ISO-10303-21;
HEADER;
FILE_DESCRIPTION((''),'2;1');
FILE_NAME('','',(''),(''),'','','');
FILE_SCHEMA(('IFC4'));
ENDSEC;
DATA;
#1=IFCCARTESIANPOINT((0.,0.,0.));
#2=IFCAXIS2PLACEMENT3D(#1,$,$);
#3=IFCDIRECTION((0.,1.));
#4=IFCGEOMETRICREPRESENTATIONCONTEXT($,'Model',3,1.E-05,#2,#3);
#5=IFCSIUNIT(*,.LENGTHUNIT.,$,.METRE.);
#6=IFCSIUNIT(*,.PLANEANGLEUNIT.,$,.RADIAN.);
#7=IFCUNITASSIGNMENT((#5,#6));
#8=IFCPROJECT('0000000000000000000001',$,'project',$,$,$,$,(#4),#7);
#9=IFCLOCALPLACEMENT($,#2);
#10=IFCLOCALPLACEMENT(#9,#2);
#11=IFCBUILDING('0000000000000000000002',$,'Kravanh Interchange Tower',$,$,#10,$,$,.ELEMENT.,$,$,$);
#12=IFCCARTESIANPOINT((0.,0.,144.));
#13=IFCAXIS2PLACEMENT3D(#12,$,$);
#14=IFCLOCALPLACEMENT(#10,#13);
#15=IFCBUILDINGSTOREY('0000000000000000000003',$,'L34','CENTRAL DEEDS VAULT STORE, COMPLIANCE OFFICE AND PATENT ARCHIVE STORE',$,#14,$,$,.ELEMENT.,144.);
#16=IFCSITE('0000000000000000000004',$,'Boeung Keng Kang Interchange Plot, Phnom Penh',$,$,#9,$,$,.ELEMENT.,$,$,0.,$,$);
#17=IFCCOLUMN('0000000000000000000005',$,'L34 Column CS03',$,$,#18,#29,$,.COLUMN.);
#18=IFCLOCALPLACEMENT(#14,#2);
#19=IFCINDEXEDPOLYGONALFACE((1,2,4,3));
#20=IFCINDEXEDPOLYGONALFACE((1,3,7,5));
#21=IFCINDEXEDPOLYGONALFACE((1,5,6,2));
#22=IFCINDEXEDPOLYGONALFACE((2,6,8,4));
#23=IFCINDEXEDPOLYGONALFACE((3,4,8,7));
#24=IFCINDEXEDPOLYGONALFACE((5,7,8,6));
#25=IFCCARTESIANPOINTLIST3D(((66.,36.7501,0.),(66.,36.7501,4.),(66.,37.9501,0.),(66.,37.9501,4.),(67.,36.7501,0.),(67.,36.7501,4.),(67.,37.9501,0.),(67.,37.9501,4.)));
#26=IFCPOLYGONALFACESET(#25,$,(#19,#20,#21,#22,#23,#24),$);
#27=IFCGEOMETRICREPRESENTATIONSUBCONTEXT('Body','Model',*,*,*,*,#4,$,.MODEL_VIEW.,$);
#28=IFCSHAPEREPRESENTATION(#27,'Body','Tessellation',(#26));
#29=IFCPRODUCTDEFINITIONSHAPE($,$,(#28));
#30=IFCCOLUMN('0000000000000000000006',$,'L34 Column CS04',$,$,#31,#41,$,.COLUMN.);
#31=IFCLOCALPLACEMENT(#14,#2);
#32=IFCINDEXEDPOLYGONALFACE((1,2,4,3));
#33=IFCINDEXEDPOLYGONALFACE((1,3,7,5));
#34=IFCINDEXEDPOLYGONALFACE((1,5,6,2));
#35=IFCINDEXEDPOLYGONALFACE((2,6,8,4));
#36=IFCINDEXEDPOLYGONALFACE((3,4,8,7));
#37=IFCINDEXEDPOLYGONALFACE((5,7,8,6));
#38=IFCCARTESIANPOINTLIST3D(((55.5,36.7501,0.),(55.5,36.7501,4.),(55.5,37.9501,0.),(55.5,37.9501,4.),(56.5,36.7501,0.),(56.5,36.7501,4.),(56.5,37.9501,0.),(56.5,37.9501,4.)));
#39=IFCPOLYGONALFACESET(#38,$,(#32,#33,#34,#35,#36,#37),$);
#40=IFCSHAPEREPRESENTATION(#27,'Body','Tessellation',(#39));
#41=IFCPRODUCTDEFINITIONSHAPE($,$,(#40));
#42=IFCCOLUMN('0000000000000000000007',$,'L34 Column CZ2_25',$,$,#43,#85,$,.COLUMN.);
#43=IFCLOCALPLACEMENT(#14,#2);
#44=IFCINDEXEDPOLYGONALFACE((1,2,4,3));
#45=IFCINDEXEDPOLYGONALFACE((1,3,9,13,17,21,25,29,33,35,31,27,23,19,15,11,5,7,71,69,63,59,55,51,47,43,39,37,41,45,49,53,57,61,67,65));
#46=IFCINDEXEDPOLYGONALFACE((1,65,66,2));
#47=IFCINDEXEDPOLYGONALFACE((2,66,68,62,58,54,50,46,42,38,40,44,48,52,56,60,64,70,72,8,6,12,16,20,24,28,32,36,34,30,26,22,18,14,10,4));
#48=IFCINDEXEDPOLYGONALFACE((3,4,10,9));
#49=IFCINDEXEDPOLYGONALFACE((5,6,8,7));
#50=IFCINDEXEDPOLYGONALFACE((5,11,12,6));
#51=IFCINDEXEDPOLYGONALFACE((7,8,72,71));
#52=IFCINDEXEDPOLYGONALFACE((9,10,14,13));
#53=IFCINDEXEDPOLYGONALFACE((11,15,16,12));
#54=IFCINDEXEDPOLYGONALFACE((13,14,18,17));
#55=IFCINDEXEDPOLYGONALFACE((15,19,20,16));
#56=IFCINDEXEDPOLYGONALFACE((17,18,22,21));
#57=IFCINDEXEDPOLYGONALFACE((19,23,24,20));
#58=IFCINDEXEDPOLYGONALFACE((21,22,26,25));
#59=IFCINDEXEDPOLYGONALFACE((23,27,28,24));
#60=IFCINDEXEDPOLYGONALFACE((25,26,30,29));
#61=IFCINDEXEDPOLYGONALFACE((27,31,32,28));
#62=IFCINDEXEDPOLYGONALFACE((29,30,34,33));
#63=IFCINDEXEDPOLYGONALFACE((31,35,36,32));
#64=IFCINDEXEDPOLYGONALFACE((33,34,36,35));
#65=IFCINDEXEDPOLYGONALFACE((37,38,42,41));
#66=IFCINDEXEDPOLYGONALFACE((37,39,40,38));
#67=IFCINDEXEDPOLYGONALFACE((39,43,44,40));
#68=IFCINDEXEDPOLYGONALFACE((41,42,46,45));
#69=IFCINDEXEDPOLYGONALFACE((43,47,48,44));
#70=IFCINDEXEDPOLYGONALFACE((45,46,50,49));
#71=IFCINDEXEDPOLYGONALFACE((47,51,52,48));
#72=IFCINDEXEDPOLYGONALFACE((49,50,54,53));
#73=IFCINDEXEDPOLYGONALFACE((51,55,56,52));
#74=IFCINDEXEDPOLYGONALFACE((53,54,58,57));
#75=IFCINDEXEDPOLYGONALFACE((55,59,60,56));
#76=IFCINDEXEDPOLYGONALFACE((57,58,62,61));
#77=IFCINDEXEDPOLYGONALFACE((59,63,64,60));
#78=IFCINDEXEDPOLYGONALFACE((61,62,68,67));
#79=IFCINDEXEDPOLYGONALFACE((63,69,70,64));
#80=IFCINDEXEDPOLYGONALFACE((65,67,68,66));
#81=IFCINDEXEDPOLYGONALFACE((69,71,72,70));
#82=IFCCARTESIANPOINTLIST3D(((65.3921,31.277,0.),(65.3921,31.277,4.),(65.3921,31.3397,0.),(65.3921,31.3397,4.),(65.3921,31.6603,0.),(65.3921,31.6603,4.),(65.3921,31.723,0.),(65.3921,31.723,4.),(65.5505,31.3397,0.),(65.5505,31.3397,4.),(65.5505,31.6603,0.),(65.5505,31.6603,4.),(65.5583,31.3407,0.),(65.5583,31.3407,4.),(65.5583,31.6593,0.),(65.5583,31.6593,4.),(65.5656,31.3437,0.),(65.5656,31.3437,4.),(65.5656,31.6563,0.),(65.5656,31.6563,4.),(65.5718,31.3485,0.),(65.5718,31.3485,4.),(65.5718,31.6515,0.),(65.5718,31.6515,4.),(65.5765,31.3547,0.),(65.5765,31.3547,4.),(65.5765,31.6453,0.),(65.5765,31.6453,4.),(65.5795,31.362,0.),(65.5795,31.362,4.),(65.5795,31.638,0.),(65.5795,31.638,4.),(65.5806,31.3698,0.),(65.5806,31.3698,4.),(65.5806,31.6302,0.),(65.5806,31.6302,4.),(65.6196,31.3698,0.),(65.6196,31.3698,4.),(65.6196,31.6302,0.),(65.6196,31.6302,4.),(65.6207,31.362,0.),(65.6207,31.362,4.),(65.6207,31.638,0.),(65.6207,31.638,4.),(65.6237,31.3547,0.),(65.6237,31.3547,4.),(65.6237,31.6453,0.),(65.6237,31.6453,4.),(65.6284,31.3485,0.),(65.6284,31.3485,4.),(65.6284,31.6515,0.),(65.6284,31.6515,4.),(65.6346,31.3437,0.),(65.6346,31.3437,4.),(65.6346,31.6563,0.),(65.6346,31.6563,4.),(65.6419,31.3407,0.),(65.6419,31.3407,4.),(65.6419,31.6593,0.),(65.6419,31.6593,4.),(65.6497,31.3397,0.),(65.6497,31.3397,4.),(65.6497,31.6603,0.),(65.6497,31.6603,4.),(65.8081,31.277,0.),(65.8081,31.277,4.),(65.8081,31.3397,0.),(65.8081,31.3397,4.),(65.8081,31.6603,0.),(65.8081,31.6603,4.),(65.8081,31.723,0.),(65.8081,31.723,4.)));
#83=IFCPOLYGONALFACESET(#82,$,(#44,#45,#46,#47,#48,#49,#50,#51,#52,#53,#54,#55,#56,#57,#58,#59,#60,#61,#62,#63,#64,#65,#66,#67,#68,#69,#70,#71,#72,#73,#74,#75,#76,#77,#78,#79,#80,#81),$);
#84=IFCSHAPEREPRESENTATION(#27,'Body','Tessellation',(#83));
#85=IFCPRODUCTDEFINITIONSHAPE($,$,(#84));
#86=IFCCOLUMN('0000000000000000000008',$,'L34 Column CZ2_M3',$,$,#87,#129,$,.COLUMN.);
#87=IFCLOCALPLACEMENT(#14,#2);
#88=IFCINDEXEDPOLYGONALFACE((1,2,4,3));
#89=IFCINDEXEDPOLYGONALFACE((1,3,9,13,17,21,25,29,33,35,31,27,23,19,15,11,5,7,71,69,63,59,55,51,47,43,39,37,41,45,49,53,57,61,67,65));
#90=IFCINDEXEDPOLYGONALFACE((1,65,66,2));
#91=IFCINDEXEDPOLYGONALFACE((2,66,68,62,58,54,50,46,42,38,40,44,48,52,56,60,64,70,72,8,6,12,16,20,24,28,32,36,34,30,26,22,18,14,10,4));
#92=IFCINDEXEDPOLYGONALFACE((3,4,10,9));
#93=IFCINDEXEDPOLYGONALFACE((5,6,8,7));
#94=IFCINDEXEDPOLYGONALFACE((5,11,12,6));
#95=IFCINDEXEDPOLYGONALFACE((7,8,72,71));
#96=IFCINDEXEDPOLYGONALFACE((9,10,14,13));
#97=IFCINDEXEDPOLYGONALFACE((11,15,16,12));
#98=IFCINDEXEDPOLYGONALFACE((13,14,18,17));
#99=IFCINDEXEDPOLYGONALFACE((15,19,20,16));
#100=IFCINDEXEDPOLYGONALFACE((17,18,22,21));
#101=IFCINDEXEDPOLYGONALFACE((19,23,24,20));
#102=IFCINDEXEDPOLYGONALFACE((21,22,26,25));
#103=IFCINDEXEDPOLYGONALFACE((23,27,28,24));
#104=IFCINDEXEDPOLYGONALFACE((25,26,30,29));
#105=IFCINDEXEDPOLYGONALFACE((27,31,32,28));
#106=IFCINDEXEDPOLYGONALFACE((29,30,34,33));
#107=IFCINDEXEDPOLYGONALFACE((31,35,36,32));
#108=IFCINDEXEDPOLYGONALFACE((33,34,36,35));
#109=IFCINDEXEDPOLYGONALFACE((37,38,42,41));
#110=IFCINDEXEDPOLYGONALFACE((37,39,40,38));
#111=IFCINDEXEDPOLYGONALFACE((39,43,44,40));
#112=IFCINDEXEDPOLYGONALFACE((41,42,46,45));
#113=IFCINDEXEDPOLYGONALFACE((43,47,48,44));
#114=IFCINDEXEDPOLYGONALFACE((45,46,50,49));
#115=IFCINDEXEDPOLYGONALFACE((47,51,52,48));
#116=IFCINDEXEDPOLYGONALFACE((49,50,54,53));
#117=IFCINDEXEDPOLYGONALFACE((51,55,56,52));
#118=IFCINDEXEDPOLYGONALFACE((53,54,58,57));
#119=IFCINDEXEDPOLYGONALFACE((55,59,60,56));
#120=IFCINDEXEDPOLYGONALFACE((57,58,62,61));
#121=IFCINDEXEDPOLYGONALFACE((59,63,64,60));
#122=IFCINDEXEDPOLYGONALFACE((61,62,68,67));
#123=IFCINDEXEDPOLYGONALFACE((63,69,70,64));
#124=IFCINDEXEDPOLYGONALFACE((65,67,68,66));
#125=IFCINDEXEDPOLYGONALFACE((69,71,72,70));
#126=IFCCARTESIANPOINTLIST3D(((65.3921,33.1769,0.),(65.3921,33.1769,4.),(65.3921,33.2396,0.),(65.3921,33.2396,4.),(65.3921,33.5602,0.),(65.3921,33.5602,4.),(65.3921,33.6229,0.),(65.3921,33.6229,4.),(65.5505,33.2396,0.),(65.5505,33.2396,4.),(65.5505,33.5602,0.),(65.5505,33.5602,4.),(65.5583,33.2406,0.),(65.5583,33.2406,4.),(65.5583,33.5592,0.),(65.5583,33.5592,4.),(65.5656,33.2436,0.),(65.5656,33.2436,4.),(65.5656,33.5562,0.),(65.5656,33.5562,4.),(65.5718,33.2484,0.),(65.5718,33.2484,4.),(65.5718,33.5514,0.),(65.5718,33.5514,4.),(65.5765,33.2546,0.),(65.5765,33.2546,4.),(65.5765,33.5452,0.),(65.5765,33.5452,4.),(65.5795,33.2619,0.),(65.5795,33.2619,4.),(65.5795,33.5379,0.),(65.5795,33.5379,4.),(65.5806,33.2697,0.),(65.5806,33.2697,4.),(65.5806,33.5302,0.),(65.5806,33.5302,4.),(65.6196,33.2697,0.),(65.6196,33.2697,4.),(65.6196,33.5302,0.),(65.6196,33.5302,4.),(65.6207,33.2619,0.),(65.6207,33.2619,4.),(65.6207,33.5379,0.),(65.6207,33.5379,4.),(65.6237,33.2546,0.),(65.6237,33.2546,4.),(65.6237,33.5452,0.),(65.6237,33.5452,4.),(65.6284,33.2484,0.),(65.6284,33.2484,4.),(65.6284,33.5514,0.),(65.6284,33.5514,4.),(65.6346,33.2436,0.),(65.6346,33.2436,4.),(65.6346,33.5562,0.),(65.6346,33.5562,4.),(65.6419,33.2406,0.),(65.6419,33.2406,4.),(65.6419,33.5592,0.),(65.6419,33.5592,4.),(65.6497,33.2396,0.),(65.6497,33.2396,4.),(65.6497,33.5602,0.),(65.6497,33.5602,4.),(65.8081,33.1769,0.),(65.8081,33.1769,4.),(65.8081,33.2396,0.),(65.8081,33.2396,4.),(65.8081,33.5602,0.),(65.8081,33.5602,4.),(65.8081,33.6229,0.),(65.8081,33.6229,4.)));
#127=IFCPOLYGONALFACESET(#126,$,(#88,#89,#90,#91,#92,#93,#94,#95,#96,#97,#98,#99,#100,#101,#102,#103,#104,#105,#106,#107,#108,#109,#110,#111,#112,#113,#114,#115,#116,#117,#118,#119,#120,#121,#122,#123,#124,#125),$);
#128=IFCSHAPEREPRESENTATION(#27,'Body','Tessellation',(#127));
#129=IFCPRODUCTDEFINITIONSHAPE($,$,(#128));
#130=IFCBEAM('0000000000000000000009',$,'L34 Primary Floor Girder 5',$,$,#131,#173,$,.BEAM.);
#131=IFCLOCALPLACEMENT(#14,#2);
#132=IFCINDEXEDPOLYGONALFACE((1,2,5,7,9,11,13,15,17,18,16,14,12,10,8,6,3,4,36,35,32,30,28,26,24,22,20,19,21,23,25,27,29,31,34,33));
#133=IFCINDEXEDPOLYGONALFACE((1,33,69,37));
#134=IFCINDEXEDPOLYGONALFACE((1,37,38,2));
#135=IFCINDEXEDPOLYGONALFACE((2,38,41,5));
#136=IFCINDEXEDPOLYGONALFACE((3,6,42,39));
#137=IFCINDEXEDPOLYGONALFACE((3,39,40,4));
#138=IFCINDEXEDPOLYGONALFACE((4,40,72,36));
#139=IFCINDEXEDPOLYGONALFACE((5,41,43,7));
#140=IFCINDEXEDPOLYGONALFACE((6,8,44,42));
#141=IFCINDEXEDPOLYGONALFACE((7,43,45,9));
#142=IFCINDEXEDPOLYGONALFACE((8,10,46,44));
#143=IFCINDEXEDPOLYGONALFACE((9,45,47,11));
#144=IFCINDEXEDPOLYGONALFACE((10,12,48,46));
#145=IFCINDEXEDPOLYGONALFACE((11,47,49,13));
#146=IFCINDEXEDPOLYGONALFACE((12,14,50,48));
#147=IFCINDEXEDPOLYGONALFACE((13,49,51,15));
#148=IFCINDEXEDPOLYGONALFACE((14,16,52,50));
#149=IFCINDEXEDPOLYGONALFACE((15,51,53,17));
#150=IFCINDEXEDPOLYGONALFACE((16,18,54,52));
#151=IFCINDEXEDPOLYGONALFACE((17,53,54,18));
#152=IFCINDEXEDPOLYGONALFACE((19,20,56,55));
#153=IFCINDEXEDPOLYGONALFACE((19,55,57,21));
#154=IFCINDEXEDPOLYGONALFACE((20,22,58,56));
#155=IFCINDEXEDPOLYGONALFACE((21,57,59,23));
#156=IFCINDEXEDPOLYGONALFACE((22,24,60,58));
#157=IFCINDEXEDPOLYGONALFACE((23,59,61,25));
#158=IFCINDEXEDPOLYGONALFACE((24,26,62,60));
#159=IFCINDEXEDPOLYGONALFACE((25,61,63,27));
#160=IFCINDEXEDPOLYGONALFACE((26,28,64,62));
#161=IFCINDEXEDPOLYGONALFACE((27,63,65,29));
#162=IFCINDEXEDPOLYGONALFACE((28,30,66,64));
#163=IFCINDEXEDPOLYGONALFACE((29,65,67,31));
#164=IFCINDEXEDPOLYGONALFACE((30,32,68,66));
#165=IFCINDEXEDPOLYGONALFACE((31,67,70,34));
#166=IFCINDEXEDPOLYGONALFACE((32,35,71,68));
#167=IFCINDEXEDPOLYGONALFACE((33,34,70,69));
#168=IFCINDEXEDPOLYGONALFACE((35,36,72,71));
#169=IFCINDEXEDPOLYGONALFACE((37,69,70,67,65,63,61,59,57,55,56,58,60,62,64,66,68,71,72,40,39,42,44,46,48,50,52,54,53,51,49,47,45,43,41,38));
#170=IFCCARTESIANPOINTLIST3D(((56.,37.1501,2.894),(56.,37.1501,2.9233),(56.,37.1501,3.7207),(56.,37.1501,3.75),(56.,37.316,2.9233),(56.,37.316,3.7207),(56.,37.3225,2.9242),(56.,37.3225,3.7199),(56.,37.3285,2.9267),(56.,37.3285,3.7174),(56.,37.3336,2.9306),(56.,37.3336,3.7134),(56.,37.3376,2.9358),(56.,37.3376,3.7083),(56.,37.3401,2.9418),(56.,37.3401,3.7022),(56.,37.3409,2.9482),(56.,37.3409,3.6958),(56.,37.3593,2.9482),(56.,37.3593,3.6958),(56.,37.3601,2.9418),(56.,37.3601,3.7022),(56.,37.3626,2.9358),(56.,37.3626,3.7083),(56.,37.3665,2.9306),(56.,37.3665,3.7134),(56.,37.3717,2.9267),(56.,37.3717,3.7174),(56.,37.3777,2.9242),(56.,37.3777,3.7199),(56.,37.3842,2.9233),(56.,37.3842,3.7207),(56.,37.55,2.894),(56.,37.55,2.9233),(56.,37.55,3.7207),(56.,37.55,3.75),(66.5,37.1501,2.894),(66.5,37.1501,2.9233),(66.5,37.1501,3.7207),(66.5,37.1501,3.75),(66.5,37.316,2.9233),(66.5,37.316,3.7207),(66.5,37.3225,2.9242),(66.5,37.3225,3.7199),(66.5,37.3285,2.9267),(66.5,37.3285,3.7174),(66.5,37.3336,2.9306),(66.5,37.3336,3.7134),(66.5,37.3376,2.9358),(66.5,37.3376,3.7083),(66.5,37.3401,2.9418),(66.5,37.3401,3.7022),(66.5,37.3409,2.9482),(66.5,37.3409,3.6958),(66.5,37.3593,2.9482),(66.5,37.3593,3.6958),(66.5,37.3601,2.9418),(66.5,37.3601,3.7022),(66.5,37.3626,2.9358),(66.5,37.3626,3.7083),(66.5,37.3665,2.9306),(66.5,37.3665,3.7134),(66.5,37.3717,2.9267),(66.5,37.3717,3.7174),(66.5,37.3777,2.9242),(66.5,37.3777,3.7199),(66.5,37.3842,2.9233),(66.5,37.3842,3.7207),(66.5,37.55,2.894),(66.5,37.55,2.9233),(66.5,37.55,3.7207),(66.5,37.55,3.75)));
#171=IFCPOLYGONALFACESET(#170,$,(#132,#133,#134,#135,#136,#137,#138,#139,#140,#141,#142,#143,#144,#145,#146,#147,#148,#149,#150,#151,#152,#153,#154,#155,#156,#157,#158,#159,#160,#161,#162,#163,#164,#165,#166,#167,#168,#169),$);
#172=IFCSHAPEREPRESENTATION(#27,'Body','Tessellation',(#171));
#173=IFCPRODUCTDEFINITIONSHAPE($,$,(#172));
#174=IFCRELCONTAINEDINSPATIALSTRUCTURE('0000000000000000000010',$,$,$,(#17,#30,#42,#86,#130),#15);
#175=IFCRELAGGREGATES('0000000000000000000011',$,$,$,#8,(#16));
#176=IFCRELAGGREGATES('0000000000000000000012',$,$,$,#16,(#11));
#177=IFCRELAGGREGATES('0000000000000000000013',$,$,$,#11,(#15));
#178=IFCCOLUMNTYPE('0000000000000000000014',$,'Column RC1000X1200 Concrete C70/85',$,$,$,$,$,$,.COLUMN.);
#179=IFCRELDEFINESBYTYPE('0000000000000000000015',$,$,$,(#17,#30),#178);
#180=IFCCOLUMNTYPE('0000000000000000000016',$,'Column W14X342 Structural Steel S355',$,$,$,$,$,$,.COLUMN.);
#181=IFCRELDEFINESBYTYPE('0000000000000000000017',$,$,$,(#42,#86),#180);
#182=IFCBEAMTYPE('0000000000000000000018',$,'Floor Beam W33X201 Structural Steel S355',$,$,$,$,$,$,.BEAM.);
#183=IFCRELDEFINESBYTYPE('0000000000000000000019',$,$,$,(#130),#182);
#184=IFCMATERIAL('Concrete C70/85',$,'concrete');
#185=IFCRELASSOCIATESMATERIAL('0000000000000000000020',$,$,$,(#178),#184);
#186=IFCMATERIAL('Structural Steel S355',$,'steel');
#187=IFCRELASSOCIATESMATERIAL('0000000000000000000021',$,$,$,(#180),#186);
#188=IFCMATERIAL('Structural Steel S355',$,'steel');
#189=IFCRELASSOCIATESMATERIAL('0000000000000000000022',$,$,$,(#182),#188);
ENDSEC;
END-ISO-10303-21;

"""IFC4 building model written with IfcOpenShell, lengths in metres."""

from ifc_helpers import new_model, si_unit, direction, frame, origin, origin_2d, place, context, subcontext, project, spatial, rectangle, i_section, extrude, material, material_profile, profile_set, type_object, element, save


model = new_model("IFC4")

# Units and contexts
model_context = context("Model", 3, precision=1e-05, world=origin(), true_north=direction((0.0, 1.0)))
body_context = subcontext(model_context, "Body", "Model", "MODEL_VIEW")
ifc_project = project(units=[si_unit("LENGTHUNIT", "METRE"), si_unit("PLANEANGLEUNIT", "RADIAN")], contexts=[model_context])

# Site, building, storey
site_placement = place(None, origin())
site = spatial("IfcSite", under=ifc_project, at=site_placement, Name="Boeung Keng Kang Interchange Plot, Phnom Penh", CompositionType="ELEMENT", RefElevation=0.0)
building_placement = place(site_placement, origin())
building = spatial("IfcBuilding", under=site, at=building_placement, Name="Kravanh Interchange Tower", CompositionType="ELEMENT")
storey_placement = place(building_placement, frame((0.0, 0.0, 144.0)))
storey = spatial("IfcBuildingStorey", under=building, at=storey_placement, Name="L34", Description="CENTRAL DEEDS VAULT STORE, COMPLIANCE OFFICE AND PATENT ARCHIVE STORE", CompositionType="ELEMENT", Elevation=144.0)

# Columns
ifc_material_1 = material(Name="Concrete C70/85", Category="concrete")
ifc_material_profile_1 = material_profile(ifc_material_1, rectangle(XDim=1.0, YDim=1.2, at=origin_2d()), Name="RC1000X1200")
ifc_profile_set_1 = profile_set([ifc_material_profile_1], Name="Concrete C70/85")
column_type_1 = type_object("IfcColumnType", Name="Column RC1000X1200 Concrete C70/85", PredefinedType="COLUMN", material=ifc_profile_set_1)
for number, where, z_axis, x_axis, name in (
    (1, (66.5, 37.3501, 0.0), (0.0, 0.0, 1.0), (1.0, 0.0, 0.0), "L34 Column CS03"),
    (2, (56.0, 37.3501, 0.0), (0.0, 0.0, 1.0), (1.0, 0.0, 0.0), "L34 Column CS04"),
):
    element("IfcColumn", number, at=place(storey_placement, frame(where, z_axis=z_axis, x_axis=x_axis)), inside=storey, type_object=column_type_1, Name=name, PredefinedType="COLUMN", context=body_context, shape_type="SweptSolid", body=[
        extrude(rectangle(XDim=1.0, YDim=1.2, at=origin_2d()), origin(), (0.0, 0.0, 1.0), 4.0),
    ])
ifc_material_2 = material(Name="Structural Steel S355", Category="steel")
ifc_material_profile_2 = material_profile(ifc_material_2, i_section(OverallWidth=0.416, OverallDepth=0.446, WebThickness=0.0391, FlangeThickness=0.0627, FilletRadius=0.03, at=origin_2d()), Name="W14X342")
ifc_profile_set_2 = profile_set([ifc_material_profile_2], Name="Structural Steel S355")
column_type_2 = type_object("IfcColumnType", Name="Column W14X342 Structural Steel S355", PredefinedType="COLUMN", material=ifc_profile_set_2)
for number, where, z_axis, x_axis, name in (
    (3, (65.6001, 31.5, 0.0), (0.0, 0.0, 1.0), (1.0, 0.0, 0.0), "L34 Column CZ2_25"),
    (4, (65.6001, 33.3999, 0.0), (0.0, 0.0, 1.0), (1.0, 0.0, 0.0), "L34 Column CZ2_M3"),
):
    element("IfcColumn", number, at=place(storey_placement, frame(where, z_axis=z_axis, x_axis=x_axis)), inside=storey, type_object=column_type_2, Name=name, PredefinedType="COLUMN", context=body_context, shape_type="SweptSolid", body=[
        extrude(i_section(OverallWidth=0.416, OverallDepth=0.446, WebThickness=0.0391, FlangeThickness=0.0627, FilletRadius=0.03, at=origin_2d()), origin(), (0.0, 0.0, 1.0), 4.0),
    ])

# Beam
ifc_material_3 = material(Name="Structural Steel S355", Category="steel")
ifc_material_profile_3 = material_profile(ifc_material_3, i_section(OverallWidth=0.3999, OverallDepth=0.856, WebThickness=0.0183, FlangeThickness=0.0293, FilletRadius=0.0249, at=origin_2d()), Name="W33X201")
ifc_profile_set_3 = profile_set([ifc_material_profile_3], Name="Structural Steel S355")
beam_type_1 = type_object("IfcBeamType", Name="Floor Beam W33X201 Structural Steel S355", PredefinedType="BEAM", material=ifc_profile_set_3)
beam_1_placement = place(storey_placement, frame((66.5, 37.3501, 3.322), z_axis=(-1.0, 0.0, 0.0), x_axis=(0.0, -1.0, 0.0)))
element("IfcBeam", 5, at=beam_1_placement, inside=storey, type_object=beam_type_1, Name="L34 Primary Floor Girder 5", PredefinedType="BEAM", context=body_context, shape_type="SweptSolid", body=[
    extrude(i_section(OverallWidth=0.3999, OverallDepth=0.856, WebThickness=0.0183, FlangeThickness=0.0293, FilletRadius=0.0249, at=origin_2d()), origin(), (0.0, 0.0, 1.0), 10.5),
])

save(model, "model.ifc")
